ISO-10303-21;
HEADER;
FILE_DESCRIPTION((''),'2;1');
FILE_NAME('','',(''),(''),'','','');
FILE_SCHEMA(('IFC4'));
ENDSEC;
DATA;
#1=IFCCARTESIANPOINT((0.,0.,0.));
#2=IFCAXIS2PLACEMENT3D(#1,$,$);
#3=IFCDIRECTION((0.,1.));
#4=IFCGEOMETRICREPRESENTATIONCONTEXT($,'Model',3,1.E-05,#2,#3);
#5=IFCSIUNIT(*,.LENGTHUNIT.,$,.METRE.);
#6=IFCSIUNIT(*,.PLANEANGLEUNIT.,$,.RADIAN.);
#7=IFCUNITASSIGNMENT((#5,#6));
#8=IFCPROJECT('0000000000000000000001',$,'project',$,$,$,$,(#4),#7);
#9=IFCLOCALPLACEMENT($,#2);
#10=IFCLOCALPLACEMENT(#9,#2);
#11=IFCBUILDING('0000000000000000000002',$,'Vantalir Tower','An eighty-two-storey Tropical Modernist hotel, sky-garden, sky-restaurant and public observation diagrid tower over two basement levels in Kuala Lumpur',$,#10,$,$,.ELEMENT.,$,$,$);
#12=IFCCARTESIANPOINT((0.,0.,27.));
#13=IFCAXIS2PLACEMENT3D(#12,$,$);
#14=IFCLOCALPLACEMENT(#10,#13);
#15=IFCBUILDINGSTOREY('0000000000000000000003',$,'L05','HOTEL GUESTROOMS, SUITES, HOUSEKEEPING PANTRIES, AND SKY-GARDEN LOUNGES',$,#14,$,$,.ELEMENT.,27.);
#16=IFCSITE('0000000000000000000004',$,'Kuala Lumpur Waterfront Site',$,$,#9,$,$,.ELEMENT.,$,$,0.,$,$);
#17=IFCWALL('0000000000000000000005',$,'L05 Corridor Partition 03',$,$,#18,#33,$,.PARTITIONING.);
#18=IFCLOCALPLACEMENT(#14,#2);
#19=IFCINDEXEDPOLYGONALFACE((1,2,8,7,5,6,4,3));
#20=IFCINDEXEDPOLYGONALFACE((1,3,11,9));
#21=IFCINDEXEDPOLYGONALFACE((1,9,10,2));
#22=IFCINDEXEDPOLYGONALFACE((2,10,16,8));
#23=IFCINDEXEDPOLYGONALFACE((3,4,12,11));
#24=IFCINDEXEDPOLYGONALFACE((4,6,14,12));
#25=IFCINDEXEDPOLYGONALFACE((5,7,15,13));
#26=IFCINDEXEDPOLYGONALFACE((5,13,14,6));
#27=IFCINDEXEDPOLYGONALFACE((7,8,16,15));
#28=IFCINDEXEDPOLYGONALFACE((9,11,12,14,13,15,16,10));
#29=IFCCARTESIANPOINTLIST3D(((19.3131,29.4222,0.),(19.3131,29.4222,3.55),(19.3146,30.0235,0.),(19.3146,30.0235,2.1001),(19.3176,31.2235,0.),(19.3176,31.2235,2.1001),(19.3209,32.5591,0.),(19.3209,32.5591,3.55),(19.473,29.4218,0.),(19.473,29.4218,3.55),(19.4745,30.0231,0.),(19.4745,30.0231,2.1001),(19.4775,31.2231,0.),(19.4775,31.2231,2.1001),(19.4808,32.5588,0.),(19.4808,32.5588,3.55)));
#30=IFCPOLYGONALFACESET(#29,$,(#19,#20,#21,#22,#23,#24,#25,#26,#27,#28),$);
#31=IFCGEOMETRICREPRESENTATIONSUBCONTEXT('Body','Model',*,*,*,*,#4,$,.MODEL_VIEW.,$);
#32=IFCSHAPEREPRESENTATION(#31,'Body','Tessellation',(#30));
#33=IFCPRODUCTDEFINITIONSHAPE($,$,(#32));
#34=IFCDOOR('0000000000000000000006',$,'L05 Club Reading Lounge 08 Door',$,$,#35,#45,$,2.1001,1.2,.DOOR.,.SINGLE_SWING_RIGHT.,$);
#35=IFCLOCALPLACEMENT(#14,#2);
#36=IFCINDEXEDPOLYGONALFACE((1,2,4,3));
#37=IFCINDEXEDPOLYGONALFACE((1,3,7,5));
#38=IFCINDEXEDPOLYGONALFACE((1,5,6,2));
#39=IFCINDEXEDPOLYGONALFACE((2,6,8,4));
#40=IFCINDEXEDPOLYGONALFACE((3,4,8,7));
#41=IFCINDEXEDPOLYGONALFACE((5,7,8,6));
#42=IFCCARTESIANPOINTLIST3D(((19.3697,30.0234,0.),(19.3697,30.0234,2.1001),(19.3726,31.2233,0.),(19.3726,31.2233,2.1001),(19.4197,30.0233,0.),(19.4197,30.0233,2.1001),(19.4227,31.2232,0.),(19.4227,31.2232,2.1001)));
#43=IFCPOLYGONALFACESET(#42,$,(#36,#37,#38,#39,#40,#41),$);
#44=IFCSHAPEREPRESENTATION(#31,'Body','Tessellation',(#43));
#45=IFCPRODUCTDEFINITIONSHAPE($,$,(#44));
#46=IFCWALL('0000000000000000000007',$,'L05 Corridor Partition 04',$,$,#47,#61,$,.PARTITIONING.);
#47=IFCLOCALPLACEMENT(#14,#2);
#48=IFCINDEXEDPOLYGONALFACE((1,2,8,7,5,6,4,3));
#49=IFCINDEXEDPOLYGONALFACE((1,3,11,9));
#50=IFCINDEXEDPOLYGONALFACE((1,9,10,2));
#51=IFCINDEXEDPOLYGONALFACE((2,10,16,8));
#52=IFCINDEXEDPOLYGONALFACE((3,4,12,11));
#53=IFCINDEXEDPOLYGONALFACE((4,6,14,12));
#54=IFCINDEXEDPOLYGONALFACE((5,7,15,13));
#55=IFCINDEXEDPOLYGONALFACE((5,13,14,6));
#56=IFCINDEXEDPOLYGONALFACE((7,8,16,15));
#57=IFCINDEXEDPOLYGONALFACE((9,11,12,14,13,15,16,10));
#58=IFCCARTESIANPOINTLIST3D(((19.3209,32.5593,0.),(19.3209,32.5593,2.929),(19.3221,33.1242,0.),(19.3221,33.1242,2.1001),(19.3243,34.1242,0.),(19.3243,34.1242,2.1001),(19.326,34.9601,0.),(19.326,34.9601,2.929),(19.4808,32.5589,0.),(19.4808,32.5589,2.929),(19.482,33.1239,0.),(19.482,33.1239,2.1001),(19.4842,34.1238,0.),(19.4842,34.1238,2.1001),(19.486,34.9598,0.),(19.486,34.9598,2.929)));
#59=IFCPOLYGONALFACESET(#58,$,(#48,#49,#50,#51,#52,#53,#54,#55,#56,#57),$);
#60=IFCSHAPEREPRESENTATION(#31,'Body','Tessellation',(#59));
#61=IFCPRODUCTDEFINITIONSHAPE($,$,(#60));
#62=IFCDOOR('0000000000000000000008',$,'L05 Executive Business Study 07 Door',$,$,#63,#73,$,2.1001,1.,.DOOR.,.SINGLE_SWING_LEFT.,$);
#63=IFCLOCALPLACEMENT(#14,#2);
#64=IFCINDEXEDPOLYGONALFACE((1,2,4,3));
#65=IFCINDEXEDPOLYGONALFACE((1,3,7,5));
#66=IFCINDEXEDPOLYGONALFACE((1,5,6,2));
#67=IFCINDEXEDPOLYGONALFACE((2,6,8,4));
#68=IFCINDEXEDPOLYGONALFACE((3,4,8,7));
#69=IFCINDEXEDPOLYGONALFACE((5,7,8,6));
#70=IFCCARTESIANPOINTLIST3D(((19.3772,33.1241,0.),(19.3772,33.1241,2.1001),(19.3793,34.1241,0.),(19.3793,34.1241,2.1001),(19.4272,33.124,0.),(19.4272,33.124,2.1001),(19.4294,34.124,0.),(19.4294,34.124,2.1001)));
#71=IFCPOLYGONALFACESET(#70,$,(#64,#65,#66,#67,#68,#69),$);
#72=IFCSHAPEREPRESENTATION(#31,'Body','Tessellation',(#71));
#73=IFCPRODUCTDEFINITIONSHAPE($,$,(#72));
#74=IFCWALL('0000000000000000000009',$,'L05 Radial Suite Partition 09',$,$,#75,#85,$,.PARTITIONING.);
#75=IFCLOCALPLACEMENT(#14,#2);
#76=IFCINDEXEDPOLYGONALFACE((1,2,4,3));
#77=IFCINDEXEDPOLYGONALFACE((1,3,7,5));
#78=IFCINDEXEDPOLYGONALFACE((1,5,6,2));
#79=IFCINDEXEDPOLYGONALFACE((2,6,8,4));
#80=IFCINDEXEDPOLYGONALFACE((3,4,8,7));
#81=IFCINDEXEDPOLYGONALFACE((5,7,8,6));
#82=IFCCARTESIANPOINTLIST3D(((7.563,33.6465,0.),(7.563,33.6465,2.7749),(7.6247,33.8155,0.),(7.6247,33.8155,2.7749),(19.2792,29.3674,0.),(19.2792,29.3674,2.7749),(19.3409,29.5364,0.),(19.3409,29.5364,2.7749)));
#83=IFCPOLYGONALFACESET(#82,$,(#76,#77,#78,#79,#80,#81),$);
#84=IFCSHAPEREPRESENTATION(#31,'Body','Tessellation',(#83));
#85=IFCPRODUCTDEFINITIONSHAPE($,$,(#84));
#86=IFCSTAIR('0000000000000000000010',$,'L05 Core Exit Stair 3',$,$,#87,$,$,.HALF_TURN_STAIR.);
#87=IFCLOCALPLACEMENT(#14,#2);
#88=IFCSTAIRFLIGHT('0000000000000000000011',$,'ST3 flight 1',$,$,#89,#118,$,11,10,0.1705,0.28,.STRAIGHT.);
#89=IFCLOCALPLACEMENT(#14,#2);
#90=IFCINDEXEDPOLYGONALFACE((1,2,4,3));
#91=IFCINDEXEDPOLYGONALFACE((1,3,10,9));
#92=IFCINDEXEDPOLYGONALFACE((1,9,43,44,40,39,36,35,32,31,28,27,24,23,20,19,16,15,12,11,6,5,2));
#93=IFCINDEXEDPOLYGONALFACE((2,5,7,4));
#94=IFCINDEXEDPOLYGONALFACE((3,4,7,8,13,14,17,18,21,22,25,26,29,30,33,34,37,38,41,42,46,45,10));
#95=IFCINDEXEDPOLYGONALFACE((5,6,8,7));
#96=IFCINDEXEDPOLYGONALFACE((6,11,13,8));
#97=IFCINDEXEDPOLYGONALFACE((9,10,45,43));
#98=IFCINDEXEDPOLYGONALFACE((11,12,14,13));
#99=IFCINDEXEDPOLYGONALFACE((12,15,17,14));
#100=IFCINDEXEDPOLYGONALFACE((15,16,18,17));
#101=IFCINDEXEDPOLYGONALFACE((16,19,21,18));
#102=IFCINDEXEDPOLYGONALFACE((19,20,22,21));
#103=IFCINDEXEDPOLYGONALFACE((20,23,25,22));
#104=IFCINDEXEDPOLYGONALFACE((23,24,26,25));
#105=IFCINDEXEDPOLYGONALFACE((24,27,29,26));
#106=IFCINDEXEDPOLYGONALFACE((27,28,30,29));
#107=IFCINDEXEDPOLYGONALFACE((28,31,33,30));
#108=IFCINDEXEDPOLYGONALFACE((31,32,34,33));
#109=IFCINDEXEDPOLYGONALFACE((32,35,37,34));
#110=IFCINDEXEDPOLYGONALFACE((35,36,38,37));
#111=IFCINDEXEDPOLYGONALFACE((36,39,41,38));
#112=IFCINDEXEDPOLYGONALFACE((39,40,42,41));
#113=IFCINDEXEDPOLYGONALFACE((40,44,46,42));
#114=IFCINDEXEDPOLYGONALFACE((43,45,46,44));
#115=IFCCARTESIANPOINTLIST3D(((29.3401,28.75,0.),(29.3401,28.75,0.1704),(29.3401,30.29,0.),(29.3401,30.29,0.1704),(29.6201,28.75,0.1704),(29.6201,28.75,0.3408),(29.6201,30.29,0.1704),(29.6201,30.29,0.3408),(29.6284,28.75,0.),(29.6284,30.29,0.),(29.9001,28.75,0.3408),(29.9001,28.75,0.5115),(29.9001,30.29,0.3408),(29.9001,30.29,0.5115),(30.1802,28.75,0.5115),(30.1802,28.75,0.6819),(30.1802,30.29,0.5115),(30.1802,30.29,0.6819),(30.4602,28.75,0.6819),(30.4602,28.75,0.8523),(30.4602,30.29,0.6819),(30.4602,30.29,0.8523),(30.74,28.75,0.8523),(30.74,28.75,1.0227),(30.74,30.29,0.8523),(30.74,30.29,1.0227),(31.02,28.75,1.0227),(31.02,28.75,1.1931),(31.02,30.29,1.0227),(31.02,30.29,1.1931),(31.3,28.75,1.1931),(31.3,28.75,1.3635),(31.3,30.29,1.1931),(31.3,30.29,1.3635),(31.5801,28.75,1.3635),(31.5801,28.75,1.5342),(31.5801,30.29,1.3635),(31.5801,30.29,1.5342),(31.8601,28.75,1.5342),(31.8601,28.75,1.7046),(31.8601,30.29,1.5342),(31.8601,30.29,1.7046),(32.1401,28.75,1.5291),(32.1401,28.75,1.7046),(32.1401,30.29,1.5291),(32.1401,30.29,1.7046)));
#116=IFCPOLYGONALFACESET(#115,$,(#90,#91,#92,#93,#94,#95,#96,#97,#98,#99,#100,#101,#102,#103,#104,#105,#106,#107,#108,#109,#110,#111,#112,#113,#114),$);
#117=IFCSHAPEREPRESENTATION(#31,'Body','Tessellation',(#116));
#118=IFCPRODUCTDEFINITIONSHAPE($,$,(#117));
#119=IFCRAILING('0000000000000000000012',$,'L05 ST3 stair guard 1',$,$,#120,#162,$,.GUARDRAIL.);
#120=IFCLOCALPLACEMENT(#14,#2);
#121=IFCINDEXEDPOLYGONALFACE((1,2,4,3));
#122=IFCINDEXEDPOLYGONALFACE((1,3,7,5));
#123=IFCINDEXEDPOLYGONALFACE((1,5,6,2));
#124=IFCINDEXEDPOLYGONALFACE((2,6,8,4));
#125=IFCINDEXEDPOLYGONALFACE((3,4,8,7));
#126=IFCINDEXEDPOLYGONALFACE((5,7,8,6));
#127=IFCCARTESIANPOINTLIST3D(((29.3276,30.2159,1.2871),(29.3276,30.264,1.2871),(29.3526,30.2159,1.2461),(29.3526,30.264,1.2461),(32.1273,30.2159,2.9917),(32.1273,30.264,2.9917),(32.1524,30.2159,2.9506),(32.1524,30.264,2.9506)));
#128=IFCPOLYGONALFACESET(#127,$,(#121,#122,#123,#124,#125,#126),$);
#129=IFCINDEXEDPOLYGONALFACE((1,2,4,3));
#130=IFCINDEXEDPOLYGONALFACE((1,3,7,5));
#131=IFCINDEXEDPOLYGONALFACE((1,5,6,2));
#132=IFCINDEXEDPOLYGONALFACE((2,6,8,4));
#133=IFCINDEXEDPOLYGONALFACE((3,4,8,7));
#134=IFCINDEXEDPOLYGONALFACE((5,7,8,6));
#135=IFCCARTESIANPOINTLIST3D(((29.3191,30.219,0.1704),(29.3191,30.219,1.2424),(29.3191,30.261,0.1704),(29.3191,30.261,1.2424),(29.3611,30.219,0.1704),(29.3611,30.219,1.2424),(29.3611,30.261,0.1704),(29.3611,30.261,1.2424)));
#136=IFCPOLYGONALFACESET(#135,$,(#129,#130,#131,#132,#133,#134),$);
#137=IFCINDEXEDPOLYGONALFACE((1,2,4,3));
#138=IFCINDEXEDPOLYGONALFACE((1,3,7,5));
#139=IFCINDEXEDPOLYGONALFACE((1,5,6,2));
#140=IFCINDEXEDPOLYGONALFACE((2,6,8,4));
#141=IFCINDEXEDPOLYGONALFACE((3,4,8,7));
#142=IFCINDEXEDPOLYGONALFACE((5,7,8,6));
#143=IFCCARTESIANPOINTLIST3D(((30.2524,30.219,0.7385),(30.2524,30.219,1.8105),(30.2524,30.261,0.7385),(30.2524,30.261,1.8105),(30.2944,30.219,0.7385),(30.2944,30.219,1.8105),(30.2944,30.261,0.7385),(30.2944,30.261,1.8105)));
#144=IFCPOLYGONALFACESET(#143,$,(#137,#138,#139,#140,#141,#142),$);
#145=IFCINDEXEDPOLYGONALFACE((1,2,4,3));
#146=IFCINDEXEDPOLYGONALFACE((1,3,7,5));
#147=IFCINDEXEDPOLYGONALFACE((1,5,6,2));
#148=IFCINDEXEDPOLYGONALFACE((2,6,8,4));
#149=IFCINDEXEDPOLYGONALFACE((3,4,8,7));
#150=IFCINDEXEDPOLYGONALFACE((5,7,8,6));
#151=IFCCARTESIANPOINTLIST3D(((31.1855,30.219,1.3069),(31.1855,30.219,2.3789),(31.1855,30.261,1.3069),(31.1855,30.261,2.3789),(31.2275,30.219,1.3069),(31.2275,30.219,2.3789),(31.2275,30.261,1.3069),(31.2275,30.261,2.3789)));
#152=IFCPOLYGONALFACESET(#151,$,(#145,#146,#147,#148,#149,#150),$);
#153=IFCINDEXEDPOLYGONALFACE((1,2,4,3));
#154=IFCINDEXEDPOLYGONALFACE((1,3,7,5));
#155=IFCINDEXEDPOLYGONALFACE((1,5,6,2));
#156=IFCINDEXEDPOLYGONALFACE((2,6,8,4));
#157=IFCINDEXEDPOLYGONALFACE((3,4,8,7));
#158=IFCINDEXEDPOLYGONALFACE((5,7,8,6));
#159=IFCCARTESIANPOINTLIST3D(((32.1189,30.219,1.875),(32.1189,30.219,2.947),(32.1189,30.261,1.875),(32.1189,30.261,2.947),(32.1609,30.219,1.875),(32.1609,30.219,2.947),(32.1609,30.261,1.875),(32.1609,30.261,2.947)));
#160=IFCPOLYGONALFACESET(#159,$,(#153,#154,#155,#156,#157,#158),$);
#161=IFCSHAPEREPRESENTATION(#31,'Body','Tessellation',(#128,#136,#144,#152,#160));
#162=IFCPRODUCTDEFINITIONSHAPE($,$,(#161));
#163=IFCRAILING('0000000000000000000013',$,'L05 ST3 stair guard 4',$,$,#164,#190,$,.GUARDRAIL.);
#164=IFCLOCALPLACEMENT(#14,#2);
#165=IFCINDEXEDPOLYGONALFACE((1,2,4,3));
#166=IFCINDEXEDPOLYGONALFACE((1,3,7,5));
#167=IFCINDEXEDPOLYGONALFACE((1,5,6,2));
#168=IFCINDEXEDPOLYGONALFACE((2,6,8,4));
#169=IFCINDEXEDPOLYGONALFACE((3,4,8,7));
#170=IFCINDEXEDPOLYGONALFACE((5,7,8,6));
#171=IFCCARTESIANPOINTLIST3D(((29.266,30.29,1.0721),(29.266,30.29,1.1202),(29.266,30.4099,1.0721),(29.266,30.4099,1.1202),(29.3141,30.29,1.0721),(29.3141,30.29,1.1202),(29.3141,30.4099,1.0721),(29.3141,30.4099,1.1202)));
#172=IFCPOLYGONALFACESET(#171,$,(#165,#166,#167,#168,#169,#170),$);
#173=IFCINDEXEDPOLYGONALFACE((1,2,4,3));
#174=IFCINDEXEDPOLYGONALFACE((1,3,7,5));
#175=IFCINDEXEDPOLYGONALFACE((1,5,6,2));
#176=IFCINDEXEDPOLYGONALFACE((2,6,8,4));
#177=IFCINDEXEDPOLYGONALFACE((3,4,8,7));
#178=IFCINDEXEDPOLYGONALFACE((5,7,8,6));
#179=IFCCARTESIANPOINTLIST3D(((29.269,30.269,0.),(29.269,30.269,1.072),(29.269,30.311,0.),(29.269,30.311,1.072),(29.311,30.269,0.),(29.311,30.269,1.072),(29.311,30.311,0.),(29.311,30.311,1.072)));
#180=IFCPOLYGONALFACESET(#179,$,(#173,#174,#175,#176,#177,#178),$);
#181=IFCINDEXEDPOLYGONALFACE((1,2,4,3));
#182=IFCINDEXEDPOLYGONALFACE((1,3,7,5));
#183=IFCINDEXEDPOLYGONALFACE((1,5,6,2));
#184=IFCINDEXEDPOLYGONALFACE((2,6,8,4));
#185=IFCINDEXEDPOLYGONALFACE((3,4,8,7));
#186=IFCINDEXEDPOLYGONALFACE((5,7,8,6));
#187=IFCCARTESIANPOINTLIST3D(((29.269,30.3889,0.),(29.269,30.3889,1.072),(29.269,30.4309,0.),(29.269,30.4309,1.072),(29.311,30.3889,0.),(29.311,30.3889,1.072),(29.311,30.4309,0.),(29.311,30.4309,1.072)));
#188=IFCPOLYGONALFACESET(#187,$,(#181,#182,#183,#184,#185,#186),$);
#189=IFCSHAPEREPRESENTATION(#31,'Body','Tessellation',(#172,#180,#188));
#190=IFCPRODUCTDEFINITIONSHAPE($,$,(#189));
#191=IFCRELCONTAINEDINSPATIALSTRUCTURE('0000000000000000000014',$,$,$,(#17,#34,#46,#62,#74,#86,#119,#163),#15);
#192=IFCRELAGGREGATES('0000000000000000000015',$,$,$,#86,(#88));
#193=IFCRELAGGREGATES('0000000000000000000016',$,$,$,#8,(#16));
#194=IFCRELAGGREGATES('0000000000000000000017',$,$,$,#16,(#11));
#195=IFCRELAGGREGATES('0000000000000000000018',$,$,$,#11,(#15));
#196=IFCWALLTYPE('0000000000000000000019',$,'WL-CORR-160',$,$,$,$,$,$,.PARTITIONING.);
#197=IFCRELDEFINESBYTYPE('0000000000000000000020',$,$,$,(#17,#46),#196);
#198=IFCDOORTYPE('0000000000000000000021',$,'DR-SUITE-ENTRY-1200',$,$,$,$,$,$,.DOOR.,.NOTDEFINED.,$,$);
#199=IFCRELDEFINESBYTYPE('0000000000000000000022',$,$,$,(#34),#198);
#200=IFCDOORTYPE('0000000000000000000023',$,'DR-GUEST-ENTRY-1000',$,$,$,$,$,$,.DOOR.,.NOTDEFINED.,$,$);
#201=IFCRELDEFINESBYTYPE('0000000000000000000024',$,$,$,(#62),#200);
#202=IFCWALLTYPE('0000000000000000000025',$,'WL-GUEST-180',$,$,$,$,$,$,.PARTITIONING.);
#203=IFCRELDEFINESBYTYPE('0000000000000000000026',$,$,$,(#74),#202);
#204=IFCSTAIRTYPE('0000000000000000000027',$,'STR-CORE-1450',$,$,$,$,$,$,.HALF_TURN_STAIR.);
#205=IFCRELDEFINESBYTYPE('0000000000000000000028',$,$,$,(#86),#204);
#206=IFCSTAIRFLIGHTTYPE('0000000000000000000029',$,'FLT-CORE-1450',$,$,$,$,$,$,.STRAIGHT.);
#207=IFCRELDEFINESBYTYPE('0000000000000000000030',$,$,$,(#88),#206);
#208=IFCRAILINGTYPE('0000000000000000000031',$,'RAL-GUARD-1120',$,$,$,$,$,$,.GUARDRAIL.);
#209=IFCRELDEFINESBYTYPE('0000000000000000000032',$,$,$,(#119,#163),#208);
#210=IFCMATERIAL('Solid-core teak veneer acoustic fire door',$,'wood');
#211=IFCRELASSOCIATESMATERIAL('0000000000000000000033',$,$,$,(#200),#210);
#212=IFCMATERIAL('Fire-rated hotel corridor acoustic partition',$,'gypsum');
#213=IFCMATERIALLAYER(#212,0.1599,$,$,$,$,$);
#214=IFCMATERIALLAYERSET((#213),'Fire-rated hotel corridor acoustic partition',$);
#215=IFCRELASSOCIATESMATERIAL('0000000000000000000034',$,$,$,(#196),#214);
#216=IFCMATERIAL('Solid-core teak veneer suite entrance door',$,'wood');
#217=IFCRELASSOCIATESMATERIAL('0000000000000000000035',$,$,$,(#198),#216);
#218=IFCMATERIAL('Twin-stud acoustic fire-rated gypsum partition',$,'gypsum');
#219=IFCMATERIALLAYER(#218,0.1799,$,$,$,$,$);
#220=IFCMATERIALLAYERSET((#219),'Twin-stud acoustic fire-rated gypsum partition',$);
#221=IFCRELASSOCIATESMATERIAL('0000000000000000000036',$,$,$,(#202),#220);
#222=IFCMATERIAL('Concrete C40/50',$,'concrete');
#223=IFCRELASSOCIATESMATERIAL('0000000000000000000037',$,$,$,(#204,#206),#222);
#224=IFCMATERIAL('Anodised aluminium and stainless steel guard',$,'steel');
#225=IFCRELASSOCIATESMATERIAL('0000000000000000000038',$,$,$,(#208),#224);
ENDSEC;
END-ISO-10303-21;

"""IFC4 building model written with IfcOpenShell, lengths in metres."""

from ifc_helpers import new_model, si_unit, direction, frame, frame_2d, origin, origin_2d, place, context, subcontext, project, spatial, polyline, rectangle, outline, extrude, material, layer, layer_set, type_object, element, fill, aggregate, save


model = new_model("IFC4")

# Units and contexts
model_context = context("Model", 3, precision=1e-05, world=origin(), true_north=direction((0.0, 1.0)))
body_context = subcontext(model_context, "Body", "Model", "MODEL_VIEW")
ifc_project = project(units=[si_unit("LENGTHUNIT", "METRE"), si_unit("PLANEANGLEUNIT", "RADIAN")], contexts=[model_context])

# Site, building, storey
site_placement = place(None, origin())
site = spatial("IfcSite", under=ifc_project, at=site_placement, Name="Kuala Lumpur Waterfront Site", CompositionType="ELEMENT", RefElevation=0.0)
building_placement = place(site_placement, origin())
building = spatial("IfcBuilding", under=site, at=building_placement, Name="Vantalir Tower", Description="An eighty-two-storey Tropical Modernist hotel, sky-garden, sky-restaurant and public observation diagrid tower over two basement levels in Kuala Lumpur", CompositionType="ELEMENT")
storey_placement = place(building_placement, frame((0.0, 0.0, 27.0)))
storey = spatial("IfcBuildingStorey", under=building, at=storey_placement, Name="L05", Description="HOTEL GUESTROOMS, SUITES, HOUSEKEEPING PANTRIES, AND SKY-GARDEN LOUNGES", CompositionType="ELEMENT", Elevation=27.0)

# Shared definitions
ifc_material_1 = material(Name="Solid-core teak veneer acoustic fire door", Category="wood")
door_type_1 = type_object("IfcDoorType", Name="DR-GUEST-ENTRY-1000", OperationType="NOTDEFINED", PredefinedType="DOOR", material=ifc_material_1)

# Walls, openings, doors
ifc_material_2 = material(Name="Fire-rated hotel corridor acoustic partition", Category="gypsum")
ifc_layer_1 = layer(ifc_material_2, 0.1599)
ifc_layer_set_1 = layer_set([ifc_layer_1], Name="Fire-rated hotel corridor acoustic partition")
wall_type_1 = type_object("IfcWallType", Name="WL-CORR-160", PredefinedType="PARTITIONING", material=ifc_layer_set_1)
wall_1_placement = place(storey_placement, frame((19.3931, 29.4221, 0.0), z_axis=(0.0, 0.0, 1.0), x_axis=(0.00249, 0.999997, 0.0)))
wall_1 = element("IfcWall", 1, at=wall_1_placement, inside=storey, type_object=wall_type_1, Name="L05 Corridor Partition 03", PredefinedType="PARTITIONING", context=body_context, shape_type="SweptSolid", body=[
    extrude(rectangle(XDim=3.137, YDim=0.1599, at=frame_2d((1.5684, 0.0))), origin(), (0.0, 0.0, 1.0), 3.55),
])
opening_1_placement = place(wall_1_placement, frame((0.6011, 0.0, 0.0)))
opening_1 = element("IfcOpeningElement", 2, at=opening_1_placement, cuts=wall_1, PredefinedType="OPENING", context=body_context, shape_type="SweptSolid", body=[
    extrude(rectangle(XDim=1.2, YDim=2.1001, at=frame_2d((0.6001, 1.05))), frame((0.0, 0.0898, 0.0), z_axis=(0.0, -1.0, 0.0), x_axis=(1.0, 0.0, 0.0)), (0.0, 0.0, 1.0), 0.1799),
])
ifc_material_3 = material(Name="Solid-core teak veneer suite entrance door", Category="wood")
door_type_2 = type_object("IfcDoorType", Name="DR-SUITE-ENTRY-1200", OperationType="NOTDEFINED", PredefinedType="DOOR", material=ifc_material_3)
door_1_placement = place(opening_1_placement, origin())
door_1 = element("IfcDoor", 3, at=door_1_placement, inside=storey, type_object=door_type_2, Name="L05 Club Reading Lounge 08 Door", OperationType="SINGLE_SWING_RIGHT", OverallHeight=2.1001, OverallWidth=1.2, PredefinedType="DOOR", context=body_context, shape_type="SweptSolid", body=[
    extrude(rectangle(XDim=1.2, YDim=2.1001, at=frame_2d((0.6001, 1.05))), frame((0.0, 0.0249, 0.0), z_axis=(0.0, -1.0, 0.0), x_axis=(1.0, 0.0, 0.0)), (0.0, 0.0, 1.0), 0.05),
])
fill(opening_1, door_1)
wall_2_placement = place(storey_placement, frame((19.4009, 32.5591, 0.0), z_axis=(0.0, 0.0, 1.0), x_axis=(0.002135, 0.999998, 0.0)))
wall_2 = element("IfcWall", 4, at=wall_2_placement, inside=storey, type_object=wall_type_1, Name="L05 Corridor Partition 04", PredefinedType="PARTITIONING", context=body_context, shape_type="SweptSolid", body=[
    extrude(rectangle(XDim=2.4009, YDim=0.1599, at=frame_2d((1.2004, 0.0))), origin(), (0.0, 0.0, 1.0), 2.929),
])
opening_2_placement = place(wall_2_placement, frame((0.5649, 0.0, 0.0)))
opening_2 = element("IfcOpeningElement", 5, at=opening_2_placement, cuts=wall_2, PredefinedType="OPENING", context=body_context, shape_type="SweptSolid", body=[
    extrude(rectangle(XDim=1.0, YDim=2.1001, at=frame_2d((0.5, 1.05))), frame((0.0, 0.0898, 0.0), z_axis=(0.0, -1.0, 0.0), x_axis=(1.0, 0.0, 0.0)), (0.0, 0.0, 1.0), 0.1799),
])
door_2_placement = place(opening_2_placement, origin())
door_2 = element("IfcDoor", 6, at=door_2_placement, inside=storey, type_object=door_type_1, Name="L05 Executive Business Study 07 Door", OperationType="SINGLE_SWING_LEFT", OverallHeight=2.1001, OverallWidth=1.0, PredefinedType="DOOR", context=body_context, shape_type="SweptSolid", body=[
    extrude(rectangle(XDim=1.0, YDim=2.1001, at=frame_2d((0.5, 1.05))), frame((0.0, 0.0249, 0.0), z_axis=(0.0, -1.0, 0.0), x_axis=(1.0, 0.0, 0.0)), (0.0, 0.0, 1.0), 0.05),
])
fill(opening_2, door_2)

# Wall
ifc_material_4 = material(Name="Twin-stud acoustic fire-rated gypsum partition", Category="gypsum")
ifc_layer_2 = layer(ifc_material_4, 0.1799)
ifc_layer_set_2 = layer_set([ifc_layer_2], Name="Twin-stud acoustic fire-rated gypsum partition")
wall_type_2 = type_object("IfcWallType", Name="WL-GUEST-180", PredefinedType="PARTITIONING", material=ifc_layer_set_2)
wall_3_placement = place(storey_placement, frame((19.3101, 29.4519, 0.0), z_axis=(0.0, 0.0, 1.0), x_axis=(-0.939312, 0.343064, 0.0)))
element("IfcWall", 7, at=wall_3_placement, inside=storey, type_object=wall_type_2, Name="L05 Radial Suite Partition 09", PredefinedType="PARTITIONING", context=body_context, shape_type="SweptSolid", body=[
    extrude(rectangle(XDim=12.4731, YDim=0.1799, at=frame_2d((6.2366, 0.0))), origin(), (0.0, 0.0, 1.0), 2.7749),
])

# Stair, stair flight
ifc_material_5 = material(Name="Concrete C40/50", Category="concrete")
stair_type = type_object("IfcStairType", Name="STR-CORE-1450", PredefinedType="HALF_TURN_STAIR", material=ifc_material_5)
stair_placement = place(storey_placement, origin())
stair = element("IfcStair", 8, at=stair_placement, inside=storey, type_object=stair_type, Name="L05 Core Exit Stair 3", PredefinedType="HALF_TURN_STAIR")
stair_flight_type = type_object("IfcStairFlightType", Name="FLT-CORE-1450", PredefinedType="STRAIGHT", material=ifc_material_5)
stair_flight_placement = place(storey_placement, frame((29.3401, 29.52, 0.0), z_axis=(0.0, 0.0, 1.0), x_axis=(1.0, 0.0, 0.0)))
stair_flight = element("IfcStairFlight", 9, at=stair_flight_placement, type_object=stair_flight_type, Name="ST3 flight 1", NumberOfRisers=11, NumberOfTreads=10, PredefinedType="STRAIGHT", RiserHeight=0.1705, TreadLength=0.28, context=body_context, shape_type="SweptSolid", body=[
    extrude(outline(polyline([(0.0, 0.0), (0.0, 0.1704), (0.28, 0.1704), (0.28, 0.3408), (0.5601, 0.3408), (0.5601, 0.5115), (0.8401, 0.5115), (0.8401, 0.6819), (1.1201, 0.6819), (1.1201, 0.8523), (1.3999, 0.8523), (1.3999, 1.0227), (1.6799, 1.0227), (1.6799, 1.1931), (1.96, 1.1931), (1.96, 1.3635), (2.24, 1.3635), (2.24, 1.5342), (2.52, 1.5342), (2.52, 1.7046), (2.8, 1.7046), (2.8, 1.875), (2.8, 1.5291), (0.2883, 0.0), (0.0, 0.0)])), frame((0.0, 0.77, 0.0), z_axis=(0.0, -1.0, 0.0), x_axis=(1.0, 0.0, 0.0)), (0.0, 0.0, 1.0), 1.54),
])
aggregate(stair, [stair_flight])

# Railings
ifc_material_6 = material(Name="Anodised aluminium and stainless steel guard", Category="steel")
railing_type = type_object("IfcRailingType", Name="RAL-GUARD-1120", PredefinedType="GUARDRAIL", material=ifc_material_6)
railing_1_placement = place(storey_placement, frame((29.3401, 30.24, 0.1704)))
element("IfcRailing", 10, at=railing_1_placement, inside=storey, type_object=railing_type, Name="L05 ST3 stair guard 1", PredefinedType="GUARDRAIL", context=body_context, shape_type="SweptSolid", body=[
    extrude(rectangle(XDim=0.0481, YDim=0.0481, at=origin_2d()), frame((0.0, 0.0, 1.0962), z_axis=(0.85415, 0.0, 0.520027), x_axis=(0.0, 1.0, 0.0)), (0.0, 0.0, 1.0), 3.2778),
    extrude(rectangle(XDim=0.042, YDim=0.042, at=origin_2d()), origin(), (0.0, 0.0, 1.0), 1.072),
    extrude(rectangle(XDim=0.042, YDim=0.042, at=origin_2d()), frame((0.9333, 0.0, 0.5681)), (0.0, 0.0, 1.0), 1.072),
    extrude(rectangle(XDim=0.042, YDim=0.042, at=origin_2d()), frame((1.8665, 0.0, 1.1365)), (0.0, 0.0, 1.0), 1.072),
    extrude(rectangle(XDim=0.042, YDim=0.042, at=origin_2d()), frame((2.7998, 0.0, 1.7046)), (0.0, 0.0, 1.0), 1.072),
])
railing_2_placement = place(storey_placement, frame((29.29, 30.29, 0.0)))
element("IfcRailing", 11, at=railing_2_placement, inside=storey, type_object=railing_type, Name="L05 ST3 stair guard 4", PredefinedType="GUARDRAIL", context=body_context, shape_type="SweptSolid", body=[
    extrude(rectangle(XDim=0.0481, YDim=0.0481, at=origin_2d()), frame((0.0, 0.0, 1.0962), z_axis=(0.0, 1.0, 0.0), x_axis=(-1.0, 0.0, 0.0)), (0.0, 0.0, 1.0), 0.1199),
    extrude(rectangle(XDim=0.042, YDim=0.042, at=origin_2d()), origin(), (0.0, 0.0, 1.0), 1.072),
    extrude(rectangle(XDim=0.042, YDim=0.042, at=origin_2d()), frame((0.0, 0.1199, 0.0)), (0.0, 0.0, 1.0), 1.072),
])

save(model, "model.ifc")
